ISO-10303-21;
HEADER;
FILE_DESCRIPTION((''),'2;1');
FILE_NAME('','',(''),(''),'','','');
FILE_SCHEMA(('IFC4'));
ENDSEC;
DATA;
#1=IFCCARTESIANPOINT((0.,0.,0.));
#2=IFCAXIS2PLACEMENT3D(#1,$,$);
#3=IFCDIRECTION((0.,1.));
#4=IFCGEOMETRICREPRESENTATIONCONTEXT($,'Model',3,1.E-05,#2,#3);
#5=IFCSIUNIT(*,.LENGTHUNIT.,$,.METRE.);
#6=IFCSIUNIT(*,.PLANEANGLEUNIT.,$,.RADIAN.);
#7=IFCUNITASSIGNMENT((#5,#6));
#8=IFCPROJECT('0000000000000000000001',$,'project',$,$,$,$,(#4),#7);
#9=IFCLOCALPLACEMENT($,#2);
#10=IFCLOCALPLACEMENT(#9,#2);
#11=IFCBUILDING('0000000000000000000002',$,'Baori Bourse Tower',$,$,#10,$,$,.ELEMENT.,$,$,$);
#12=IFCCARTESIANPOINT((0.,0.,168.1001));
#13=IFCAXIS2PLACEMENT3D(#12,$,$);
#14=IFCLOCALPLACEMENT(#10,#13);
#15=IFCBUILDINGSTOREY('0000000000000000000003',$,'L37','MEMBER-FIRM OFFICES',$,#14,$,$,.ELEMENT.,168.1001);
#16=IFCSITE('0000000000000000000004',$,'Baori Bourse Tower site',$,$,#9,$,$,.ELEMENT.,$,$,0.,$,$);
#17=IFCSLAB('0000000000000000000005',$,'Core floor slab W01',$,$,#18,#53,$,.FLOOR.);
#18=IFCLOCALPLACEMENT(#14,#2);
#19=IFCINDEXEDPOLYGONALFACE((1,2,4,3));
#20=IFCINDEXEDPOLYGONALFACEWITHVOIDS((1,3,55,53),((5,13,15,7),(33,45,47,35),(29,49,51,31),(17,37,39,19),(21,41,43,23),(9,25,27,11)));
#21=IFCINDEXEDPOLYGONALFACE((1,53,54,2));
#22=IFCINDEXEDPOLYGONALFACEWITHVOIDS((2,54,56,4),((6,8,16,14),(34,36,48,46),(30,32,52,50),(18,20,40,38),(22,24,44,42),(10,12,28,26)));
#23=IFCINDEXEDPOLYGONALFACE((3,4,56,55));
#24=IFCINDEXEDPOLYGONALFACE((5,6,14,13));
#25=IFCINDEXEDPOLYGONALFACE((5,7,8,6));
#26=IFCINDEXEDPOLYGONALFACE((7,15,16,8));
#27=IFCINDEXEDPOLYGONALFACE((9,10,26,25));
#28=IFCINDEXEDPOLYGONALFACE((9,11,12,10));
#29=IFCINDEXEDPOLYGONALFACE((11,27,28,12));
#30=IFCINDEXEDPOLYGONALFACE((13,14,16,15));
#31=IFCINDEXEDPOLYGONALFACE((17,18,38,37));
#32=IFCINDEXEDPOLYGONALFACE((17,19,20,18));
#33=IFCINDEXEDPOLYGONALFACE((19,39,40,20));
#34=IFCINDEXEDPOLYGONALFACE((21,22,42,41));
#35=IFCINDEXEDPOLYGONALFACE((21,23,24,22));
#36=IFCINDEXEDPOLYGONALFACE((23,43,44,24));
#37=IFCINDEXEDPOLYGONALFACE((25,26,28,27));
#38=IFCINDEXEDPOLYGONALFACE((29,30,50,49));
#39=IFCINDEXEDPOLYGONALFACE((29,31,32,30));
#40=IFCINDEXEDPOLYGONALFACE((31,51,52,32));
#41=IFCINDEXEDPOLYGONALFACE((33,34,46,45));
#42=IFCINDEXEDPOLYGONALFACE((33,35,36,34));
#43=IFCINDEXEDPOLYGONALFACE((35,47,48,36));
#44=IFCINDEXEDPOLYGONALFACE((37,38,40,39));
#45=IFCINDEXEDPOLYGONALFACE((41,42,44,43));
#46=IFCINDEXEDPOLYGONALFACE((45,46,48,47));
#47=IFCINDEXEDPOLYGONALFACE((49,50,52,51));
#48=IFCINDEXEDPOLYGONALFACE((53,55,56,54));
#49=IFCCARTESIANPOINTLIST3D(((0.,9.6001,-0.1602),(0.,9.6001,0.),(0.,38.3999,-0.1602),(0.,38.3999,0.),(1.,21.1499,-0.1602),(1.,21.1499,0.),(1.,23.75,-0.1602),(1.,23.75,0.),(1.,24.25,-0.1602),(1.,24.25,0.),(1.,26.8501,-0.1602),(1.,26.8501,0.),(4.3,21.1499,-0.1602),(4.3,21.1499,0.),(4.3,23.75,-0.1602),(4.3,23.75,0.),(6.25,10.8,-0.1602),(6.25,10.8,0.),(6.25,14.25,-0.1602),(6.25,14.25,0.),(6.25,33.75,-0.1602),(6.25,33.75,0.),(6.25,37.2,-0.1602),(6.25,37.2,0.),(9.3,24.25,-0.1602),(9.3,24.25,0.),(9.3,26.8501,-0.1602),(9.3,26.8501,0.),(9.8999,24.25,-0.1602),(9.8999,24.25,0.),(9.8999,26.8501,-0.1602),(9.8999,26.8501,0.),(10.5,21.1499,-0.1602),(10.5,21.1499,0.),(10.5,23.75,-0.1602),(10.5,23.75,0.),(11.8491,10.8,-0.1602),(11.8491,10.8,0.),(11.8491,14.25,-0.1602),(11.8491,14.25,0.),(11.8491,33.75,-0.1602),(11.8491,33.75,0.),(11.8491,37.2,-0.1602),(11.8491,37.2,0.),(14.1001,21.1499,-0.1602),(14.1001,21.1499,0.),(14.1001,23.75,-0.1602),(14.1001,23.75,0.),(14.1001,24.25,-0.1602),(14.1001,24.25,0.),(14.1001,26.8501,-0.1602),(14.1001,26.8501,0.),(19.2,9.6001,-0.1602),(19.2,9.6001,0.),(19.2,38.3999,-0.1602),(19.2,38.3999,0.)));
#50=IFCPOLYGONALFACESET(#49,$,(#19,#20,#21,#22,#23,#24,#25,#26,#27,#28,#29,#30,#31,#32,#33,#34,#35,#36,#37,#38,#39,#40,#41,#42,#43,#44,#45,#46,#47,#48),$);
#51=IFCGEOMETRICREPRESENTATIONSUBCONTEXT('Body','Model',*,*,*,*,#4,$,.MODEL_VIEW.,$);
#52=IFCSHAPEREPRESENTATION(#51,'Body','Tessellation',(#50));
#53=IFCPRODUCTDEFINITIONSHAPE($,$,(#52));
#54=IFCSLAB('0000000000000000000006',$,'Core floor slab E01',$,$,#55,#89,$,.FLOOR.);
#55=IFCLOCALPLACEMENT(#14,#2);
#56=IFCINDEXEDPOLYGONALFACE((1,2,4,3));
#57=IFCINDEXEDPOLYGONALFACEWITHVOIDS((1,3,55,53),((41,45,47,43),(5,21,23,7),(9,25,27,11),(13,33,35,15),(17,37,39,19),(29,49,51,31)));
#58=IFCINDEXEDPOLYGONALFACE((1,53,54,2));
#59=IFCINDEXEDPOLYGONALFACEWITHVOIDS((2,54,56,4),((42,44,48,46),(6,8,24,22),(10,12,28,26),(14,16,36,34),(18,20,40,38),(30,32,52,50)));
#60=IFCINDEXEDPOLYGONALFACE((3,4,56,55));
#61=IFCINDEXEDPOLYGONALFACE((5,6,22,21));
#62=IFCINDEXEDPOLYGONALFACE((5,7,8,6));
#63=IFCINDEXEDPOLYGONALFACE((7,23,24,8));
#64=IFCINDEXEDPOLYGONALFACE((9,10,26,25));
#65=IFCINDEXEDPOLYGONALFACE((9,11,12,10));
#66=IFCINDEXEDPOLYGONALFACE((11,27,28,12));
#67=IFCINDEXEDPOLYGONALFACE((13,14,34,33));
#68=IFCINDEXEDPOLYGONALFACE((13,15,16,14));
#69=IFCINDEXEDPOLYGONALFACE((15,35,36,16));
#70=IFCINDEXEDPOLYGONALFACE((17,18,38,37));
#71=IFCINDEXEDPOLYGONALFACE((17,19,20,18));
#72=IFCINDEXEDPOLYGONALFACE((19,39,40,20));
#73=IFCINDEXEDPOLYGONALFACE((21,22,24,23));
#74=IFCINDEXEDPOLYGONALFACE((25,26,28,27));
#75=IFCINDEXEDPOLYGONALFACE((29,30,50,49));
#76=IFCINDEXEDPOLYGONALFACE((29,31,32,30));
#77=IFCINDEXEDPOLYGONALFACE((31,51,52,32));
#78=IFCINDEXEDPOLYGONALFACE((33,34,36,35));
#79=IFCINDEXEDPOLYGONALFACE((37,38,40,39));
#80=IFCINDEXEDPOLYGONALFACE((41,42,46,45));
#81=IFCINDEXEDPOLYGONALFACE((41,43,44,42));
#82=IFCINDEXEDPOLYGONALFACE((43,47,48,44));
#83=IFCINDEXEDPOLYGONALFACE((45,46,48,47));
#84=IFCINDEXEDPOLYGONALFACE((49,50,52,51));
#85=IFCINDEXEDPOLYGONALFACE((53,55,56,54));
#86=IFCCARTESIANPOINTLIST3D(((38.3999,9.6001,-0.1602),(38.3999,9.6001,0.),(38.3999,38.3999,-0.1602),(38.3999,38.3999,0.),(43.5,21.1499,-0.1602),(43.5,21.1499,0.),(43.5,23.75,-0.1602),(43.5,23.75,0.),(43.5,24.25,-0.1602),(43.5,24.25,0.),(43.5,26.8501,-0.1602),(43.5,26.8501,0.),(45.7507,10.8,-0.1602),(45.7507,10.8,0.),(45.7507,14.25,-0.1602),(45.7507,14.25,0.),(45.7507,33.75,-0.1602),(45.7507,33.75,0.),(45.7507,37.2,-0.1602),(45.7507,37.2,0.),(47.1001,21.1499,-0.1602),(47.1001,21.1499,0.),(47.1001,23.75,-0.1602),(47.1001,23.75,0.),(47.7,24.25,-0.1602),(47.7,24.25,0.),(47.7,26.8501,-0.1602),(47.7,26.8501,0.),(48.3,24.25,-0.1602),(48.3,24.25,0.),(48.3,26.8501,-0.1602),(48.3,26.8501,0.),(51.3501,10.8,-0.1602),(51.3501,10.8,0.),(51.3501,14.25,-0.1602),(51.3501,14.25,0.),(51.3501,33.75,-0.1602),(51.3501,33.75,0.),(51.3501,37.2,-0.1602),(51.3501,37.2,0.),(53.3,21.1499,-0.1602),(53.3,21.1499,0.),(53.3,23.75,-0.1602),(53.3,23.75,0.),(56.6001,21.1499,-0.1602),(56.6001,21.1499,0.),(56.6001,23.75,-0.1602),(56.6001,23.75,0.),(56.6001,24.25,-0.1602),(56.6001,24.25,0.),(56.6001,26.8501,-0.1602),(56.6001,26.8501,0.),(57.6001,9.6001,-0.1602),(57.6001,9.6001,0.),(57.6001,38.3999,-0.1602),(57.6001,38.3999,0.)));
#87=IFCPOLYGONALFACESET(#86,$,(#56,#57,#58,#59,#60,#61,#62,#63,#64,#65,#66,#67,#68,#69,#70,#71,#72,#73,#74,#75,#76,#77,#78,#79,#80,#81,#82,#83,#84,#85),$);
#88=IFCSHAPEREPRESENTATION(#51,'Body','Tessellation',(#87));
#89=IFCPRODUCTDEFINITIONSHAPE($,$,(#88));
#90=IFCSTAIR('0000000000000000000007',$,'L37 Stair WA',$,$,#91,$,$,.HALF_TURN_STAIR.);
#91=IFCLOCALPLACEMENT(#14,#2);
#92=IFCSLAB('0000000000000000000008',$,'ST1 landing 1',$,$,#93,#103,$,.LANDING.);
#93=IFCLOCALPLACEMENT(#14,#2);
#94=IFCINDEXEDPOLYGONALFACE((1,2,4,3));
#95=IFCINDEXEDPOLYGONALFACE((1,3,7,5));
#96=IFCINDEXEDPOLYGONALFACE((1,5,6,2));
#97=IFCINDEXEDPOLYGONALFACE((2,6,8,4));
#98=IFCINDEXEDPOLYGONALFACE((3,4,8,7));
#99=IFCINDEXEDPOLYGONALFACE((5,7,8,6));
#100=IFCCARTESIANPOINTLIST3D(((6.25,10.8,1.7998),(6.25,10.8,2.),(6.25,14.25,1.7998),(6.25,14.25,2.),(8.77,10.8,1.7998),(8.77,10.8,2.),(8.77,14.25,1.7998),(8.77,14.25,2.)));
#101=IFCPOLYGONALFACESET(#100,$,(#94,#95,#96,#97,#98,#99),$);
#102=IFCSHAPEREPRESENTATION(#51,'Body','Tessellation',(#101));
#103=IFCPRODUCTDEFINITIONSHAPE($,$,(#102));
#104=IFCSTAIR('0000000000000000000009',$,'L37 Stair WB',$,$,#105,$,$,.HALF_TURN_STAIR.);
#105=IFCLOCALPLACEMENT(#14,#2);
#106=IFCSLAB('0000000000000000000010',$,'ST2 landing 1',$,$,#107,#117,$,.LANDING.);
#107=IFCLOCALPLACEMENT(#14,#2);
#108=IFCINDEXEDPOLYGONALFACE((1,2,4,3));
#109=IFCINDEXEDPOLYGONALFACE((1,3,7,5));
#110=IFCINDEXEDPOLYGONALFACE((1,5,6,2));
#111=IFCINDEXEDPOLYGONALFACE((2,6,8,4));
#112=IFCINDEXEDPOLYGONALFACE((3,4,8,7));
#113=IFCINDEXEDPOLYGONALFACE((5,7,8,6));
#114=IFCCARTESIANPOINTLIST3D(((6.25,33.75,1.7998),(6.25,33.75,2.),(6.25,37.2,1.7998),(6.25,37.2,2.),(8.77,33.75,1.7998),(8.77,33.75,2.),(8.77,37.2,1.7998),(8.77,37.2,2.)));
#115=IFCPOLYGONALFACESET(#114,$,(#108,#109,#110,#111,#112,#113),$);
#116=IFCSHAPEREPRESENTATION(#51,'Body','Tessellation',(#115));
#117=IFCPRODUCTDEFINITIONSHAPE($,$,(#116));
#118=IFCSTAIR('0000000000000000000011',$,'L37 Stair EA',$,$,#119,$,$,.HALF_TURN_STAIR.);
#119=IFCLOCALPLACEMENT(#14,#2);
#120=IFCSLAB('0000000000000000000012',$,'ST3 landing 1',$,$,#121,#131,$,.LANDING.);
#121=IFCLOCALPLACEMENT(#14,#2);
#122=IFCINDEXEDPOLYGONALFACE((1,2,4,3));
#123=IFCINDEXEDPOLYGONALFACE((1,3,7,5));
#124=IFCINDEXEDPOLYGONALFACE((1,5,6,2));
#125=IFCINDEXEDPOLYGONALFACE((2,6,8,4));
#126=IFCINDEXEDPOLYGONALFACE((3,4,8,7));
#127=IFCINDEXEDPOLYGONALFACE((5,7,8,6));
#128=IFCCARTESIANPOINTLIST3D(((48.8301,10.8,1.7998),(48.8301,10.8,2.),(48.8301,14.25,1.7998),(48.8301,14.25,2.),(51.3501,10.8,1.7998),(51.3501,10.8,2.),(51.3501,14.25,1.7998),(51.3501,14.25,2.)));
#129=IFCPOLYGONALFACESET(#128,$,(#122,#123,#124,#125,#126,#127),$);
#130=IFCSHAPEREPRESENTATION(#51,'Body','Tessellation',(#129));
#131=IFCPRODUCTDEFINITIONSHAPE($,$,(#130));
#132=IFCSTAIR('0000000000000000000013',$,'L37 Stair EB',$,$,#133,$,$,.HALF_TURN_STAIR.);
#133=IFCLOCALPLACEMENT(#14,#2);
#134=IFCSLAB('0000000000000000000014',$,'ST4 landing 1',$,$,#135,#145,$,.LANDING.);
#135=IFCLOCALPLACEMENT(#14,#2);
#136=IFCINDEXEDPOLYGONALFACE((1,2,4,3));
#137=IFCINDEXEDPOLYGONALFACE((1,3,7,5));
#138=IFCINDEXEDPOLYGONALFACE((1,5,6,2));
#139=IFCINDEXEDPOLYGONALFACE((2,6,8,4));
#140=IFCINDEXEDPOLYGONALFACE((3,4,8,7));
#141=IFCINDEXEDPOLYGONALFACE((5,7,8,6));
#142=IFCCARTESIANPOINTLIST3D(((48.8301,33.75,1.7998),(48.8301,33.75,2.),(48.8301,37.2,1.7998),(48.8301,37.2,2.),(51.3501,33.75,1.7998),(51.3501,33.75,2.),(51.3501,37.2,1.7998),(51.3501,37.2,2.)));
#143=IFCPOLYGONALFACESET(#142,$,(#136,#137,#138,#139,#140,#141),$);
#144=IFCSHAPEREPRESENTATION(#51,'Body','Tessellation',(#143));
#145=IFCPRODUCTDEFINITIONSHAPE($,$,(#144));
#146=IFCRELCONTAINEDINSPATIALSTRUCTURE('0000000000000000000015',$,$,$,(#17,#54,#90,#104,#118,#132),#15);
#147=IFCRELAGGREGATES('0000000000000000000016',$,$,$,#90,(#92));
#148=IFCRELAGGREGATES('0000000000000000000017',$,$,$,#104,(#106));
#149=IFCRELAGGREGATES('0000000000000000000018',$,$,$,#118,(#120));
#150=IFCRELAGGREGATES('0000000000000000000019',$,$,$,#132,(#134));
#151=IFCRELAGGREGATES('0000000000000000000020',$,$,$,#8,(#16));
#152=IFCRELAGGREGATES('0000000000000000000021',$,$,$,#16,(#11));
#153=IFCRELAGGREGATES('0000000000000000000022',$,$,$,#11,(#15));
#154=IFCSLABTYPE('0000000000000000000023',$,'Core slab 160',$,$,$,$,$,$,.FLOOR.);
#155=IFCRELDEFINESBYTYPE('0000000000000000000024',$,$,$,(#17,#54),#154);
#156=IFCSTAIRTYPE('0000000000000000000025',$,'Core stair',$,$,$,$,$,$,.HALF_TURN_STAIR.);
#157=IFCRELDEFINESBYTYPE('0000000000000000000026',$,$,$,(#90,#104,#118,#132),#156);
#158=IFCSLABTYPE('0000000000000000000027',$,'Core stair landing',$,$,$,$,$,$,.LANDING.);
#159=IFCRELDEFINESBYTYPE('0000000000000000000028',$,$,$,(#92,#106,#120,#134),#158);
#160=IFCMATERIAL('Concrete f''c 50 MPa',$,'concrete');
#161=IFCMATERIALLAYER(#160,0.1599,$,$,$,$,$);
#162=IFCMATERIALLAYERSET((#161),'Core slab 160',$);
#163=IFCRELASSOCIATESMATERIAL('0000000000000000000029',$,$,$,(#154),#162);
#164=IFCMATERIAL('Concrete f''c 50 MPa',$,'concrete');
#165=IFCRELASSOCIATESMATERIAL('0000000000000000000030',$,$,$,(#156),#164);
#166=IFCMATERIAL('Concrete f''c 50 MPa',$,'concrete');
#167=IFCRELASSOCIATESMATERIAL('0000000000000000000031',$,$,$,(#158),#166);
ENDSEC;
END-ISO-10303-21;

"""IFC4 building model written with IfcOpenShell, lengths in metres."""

from ifc_helpers import new_model, si_unit, direction, frame, origin, place, context, subcontext, project, spatial, polyline, outline, extrude, material, layer, layer_set, type_object, element, aggregate, save


model = new_model("IFC4")

# Units and contexts
model_context = context("Model", 3, precision=1e-05, world=origin(), true_north=direction((0.0, 1.0)))
body_context = subcontext(model_context, "Body", "Model", "MODEL_VIEW")
ifc_project = project(units=[si_unit("LENGTHUNIT", "METRE"), si_unit("PLANEANGLEUNIT", "RADIAN")], contexts=[model_context])

# Site, building, storey
site_placement = place(None, origin())
site = spatial("IfcSite", under=ifc_project, at=site_placement, Name="Baori Bourse Tower site", CompositionType="ELEMENT", RefElevation=0.0)
building_placement = place(site_placement, origin())
building = spatial("IfcBuilding", under=site, at=building_placement, Name="Baori Bourse Tower", CompositionType="ELEMENT")
storey_placement = place(building_placement, frame((0.0, 0.0, 168.1001)))
storey = spatial("IfcBuildingStorey", under=building, at=storey_placement, Name="L37", Description="MEMBER-FIRM OFFICES", CompositionType="ELEMENT", Elevation=168.1001)

# Slabs
ifc_material_1 = material(Name="Concrete f'c 50 MPa", Category="concrete")
ifc_layer_1 = layer(ifc_material_1, 0.1599)
ifc_layer_set_1 = layer_set([ifc_layer_1], Name="Core slab 160")
slab_type_1 = type_object("IfcSlabType", Name="Core slab 160", PredefinedType="FLOOR", material=ifc_layer_set_1)
slab_1_placement = place(storey_placement, frame((0.0, 0.0, -0.1602)))
element("IfcSlab", 1, at=slab_1_placement, inside=storey, type_object=slab_type_1, Name="Core floor slab W01", PredefinedType="FLOOR", context=body_context, shape_type="SweptSolid", body=[
    extrude(outline(polyline([(0.0, 38.3999), (0.0, 9.6001), (19.2, 9.6001), (19.2, 38.3999), (0.0, 38.3999)]), holes=[polyline([(10.5, 21.1499), (10.5, 23.75), (14.1001, 23.75), (14.1001, 21.1499), (10.5, 21.1499)]), polyline([(14.1001, 24.25), (9.8999, 24.25), (9.8999, 26.8501), (14.1001, 26.8501), (14.1001, 24.25)]), polyline([(6.25, 14.25), (11.8491, 14.25), (11.8491, 10.8), (6.25, 10.8), (6.25, 14.25)]), polyline([(11.8491, 37.2), (11.8491, 33.75), (6.25, 33.75), (6.25, 37.2), (11.8491, 37.2)]), polyline([(1.0, 26.8501), (9.3, 26.8501), (9.3, 24.25), (1.0, 24.25), (1.0, 26.8501)]), polyline([(4.3, 23.75), (4.3, 21.1499), (1.0, 21.1499), (1.0, 23.75), (4.3, 23.75)])]), origin(), (0.0, 0.0, 1.0), 0.1602),
])
slab_2_placement = place(storey_placement, frame((0.0, 0.0, -0.1602)))
element("IfcSlab", 2, at=slab_2_placement, inside=storey, type_object=slab_type_1, Name="Core floor slab E01", PredefinedType="FLOOR", context=body_context, shape_type="SweptSolid", body=[
    extrude(outline(polyline([(57.6001, 38.3999), (38.3999, 38.3999), (38.3999, 9.6001), (57.6001, 9.6001), (57.6001, 38.3999)]), holes=[polyline([(56.6001, 21.1499), (53.3, 21.1499), (53.3, 23.75), (56.6001, 23.75), (56.6001, 21.1499)]), polyline([(56.6001, 26.8501), (56.6001, 24.25), (48.3, 24.25), (48.3, 26.8501), (56.6001, 26.8501)]), polyline([(45.7507, 14.25), (51.3501, 14.25), (51.3501, 10.8), (45.7507, 10.8), (45.7507, 14.25)]), polyline([(51.3501, 37.2), (51.3501, 33.75), (45.7507, 33.75), (45.7507, 37.2), (51.3501, 37.2)]), polyline([(43.5, 24.25), (43.5, 26.8501), (47.7, 26.8501), (47.7, 24.25), (43.5, 24.25)]), polyline([(43.5, 23.75), (47.1001, 23.75), (47.1001, 21.1499), (43.5, 21.1499), (43.5, 23.75)])]), origin(), (0.0, 0.0, 1.0), 0.1602),
])

# Stairs, slabs
ifc_material_2 = material(Name="Concrete f'c 50 MPa", Category="concrete")
stair_type = type_object("IfcStairType", Name="Core stair", PredefinedType="HALF_TURN_STAIR", material=ifc_material_2)
stair_1_placement = place(storey_placement, origin())
stair_1 = element("IfcStair", 3, at=stair_1_placement, inside=storey, type_object=stair_type, Name="L37 Stair WA", PredefinedType="HALF_TURN_STAIR")
ifc_material_3 = material(Name="Concrete f'c 50 MPa", Category="concrete")
slab_type_2 = type_object("IfcSlabType", Name="Core stair landing", PredefinedType="LANDING", material=ifc_material_3)
slab_3_placement = place(storey_placement, frame((0.0, 0.0, 1.7998)))
slab_3 = element("IfcSlab", 4, at=slab_3_placement, type_object=slab_type_2, Name="ST1 landing 1", PredefinedType="LANDING", context=body_context, shape_type="SweptSolid", body=[
    extrude(outline(polyline([(8.77, 14.25), (6.25, 14.25), (6.25, 10.8), (8.77, 10.8), (8.77, 14.25)])), origin(), (0.0, 0.0, 1.0), 0.2002),
])
aggregate(stair_1, [slab_3])
stair_2_placement = place(storey_placement, origin())
stair_2 = element("IfcStair", 5, at=stair_2_placement, inside=storey, type_object=stair_type, Name="L37 Stair WB", PredefinedType="HALF_TURN_STAIR")
slab_4_placement = place(storey_placement, frame((0.0, 0.0, 1.7998)))
slab_4 = element("IfcSlab", 6, at=slab_4_placement, type_object=slab_type_2, Name="ST2 landing 1", PredefinedType="LANDING", context=body_context, shape_type="SweptSolid", body=[
    extrude(outline(polyline([(8.77, 37.2), (6.25, 37.2), (6.25, 33.75), (8.77, 33.75), (8.77, 37.2)])), origin(), (0.0, 0.0, 1.0), 0.2002),
])
aggregate(stair_2, [slab_4])
stair_3_placement = place(storey_placement, origin())
stair_3 = element("IfcStair", 7, at=stair_3_placement, inside=storey, type_object=stair_type, Name="L37 Stair EA", PredefinedType="HALF_TURN_STAIR")
slab_5_placement = place(storey_placement, frame((0.0, 0.0, 1.7998)))
slab_5 = element("IfcSlab", 8, at=slab_5_placement, type_object=slab_type_2, Name="ST3 landing 1", PredefinedType="LANDING", context=body_context, shape_type="SweptSolid", body=[
    extrude(outline(polyline([(48.8301, 10.8), (51.3501, 10.8), (51.3501, 14.25), (48.8301, 14.25), (48.8301, 10.8)])), origin(), (0.0, 0.0, 1.0), 0.2002),
])
aggregate(stair_3, [slab_5])
stair_4_placement = place(storey_placement, origin())
stair_4 = element("IfcStair", 9, at=stair_4_placement, inside=storey, type_object=stair_type, Name="L37 Stair EB", PredefinedType="HALF_TURN_STAIR")
slab_6_placement = place(storey_placement, frame((0.0, 0.0, 1.7998)))
slab_6 = element("IfcSlab", 10, at=slab_6_placement, type_object=slab_type_2, Name="ST4 landing 1", PredefinedType="LANDING", context=body_context, shape_type="SweptSolid", body=[
    extrude(outline(polyline([(48.8301, 33.75), (51.3501, 33.75), (51.3501, 37.2), (48.8301, 37.2), (48.8301, 33.75)])), origin(), (0.0, 0.0, 1.0), 0.2002),
])
aggregate(stair_4, [slab_6])

save(model, "model.ifc")
